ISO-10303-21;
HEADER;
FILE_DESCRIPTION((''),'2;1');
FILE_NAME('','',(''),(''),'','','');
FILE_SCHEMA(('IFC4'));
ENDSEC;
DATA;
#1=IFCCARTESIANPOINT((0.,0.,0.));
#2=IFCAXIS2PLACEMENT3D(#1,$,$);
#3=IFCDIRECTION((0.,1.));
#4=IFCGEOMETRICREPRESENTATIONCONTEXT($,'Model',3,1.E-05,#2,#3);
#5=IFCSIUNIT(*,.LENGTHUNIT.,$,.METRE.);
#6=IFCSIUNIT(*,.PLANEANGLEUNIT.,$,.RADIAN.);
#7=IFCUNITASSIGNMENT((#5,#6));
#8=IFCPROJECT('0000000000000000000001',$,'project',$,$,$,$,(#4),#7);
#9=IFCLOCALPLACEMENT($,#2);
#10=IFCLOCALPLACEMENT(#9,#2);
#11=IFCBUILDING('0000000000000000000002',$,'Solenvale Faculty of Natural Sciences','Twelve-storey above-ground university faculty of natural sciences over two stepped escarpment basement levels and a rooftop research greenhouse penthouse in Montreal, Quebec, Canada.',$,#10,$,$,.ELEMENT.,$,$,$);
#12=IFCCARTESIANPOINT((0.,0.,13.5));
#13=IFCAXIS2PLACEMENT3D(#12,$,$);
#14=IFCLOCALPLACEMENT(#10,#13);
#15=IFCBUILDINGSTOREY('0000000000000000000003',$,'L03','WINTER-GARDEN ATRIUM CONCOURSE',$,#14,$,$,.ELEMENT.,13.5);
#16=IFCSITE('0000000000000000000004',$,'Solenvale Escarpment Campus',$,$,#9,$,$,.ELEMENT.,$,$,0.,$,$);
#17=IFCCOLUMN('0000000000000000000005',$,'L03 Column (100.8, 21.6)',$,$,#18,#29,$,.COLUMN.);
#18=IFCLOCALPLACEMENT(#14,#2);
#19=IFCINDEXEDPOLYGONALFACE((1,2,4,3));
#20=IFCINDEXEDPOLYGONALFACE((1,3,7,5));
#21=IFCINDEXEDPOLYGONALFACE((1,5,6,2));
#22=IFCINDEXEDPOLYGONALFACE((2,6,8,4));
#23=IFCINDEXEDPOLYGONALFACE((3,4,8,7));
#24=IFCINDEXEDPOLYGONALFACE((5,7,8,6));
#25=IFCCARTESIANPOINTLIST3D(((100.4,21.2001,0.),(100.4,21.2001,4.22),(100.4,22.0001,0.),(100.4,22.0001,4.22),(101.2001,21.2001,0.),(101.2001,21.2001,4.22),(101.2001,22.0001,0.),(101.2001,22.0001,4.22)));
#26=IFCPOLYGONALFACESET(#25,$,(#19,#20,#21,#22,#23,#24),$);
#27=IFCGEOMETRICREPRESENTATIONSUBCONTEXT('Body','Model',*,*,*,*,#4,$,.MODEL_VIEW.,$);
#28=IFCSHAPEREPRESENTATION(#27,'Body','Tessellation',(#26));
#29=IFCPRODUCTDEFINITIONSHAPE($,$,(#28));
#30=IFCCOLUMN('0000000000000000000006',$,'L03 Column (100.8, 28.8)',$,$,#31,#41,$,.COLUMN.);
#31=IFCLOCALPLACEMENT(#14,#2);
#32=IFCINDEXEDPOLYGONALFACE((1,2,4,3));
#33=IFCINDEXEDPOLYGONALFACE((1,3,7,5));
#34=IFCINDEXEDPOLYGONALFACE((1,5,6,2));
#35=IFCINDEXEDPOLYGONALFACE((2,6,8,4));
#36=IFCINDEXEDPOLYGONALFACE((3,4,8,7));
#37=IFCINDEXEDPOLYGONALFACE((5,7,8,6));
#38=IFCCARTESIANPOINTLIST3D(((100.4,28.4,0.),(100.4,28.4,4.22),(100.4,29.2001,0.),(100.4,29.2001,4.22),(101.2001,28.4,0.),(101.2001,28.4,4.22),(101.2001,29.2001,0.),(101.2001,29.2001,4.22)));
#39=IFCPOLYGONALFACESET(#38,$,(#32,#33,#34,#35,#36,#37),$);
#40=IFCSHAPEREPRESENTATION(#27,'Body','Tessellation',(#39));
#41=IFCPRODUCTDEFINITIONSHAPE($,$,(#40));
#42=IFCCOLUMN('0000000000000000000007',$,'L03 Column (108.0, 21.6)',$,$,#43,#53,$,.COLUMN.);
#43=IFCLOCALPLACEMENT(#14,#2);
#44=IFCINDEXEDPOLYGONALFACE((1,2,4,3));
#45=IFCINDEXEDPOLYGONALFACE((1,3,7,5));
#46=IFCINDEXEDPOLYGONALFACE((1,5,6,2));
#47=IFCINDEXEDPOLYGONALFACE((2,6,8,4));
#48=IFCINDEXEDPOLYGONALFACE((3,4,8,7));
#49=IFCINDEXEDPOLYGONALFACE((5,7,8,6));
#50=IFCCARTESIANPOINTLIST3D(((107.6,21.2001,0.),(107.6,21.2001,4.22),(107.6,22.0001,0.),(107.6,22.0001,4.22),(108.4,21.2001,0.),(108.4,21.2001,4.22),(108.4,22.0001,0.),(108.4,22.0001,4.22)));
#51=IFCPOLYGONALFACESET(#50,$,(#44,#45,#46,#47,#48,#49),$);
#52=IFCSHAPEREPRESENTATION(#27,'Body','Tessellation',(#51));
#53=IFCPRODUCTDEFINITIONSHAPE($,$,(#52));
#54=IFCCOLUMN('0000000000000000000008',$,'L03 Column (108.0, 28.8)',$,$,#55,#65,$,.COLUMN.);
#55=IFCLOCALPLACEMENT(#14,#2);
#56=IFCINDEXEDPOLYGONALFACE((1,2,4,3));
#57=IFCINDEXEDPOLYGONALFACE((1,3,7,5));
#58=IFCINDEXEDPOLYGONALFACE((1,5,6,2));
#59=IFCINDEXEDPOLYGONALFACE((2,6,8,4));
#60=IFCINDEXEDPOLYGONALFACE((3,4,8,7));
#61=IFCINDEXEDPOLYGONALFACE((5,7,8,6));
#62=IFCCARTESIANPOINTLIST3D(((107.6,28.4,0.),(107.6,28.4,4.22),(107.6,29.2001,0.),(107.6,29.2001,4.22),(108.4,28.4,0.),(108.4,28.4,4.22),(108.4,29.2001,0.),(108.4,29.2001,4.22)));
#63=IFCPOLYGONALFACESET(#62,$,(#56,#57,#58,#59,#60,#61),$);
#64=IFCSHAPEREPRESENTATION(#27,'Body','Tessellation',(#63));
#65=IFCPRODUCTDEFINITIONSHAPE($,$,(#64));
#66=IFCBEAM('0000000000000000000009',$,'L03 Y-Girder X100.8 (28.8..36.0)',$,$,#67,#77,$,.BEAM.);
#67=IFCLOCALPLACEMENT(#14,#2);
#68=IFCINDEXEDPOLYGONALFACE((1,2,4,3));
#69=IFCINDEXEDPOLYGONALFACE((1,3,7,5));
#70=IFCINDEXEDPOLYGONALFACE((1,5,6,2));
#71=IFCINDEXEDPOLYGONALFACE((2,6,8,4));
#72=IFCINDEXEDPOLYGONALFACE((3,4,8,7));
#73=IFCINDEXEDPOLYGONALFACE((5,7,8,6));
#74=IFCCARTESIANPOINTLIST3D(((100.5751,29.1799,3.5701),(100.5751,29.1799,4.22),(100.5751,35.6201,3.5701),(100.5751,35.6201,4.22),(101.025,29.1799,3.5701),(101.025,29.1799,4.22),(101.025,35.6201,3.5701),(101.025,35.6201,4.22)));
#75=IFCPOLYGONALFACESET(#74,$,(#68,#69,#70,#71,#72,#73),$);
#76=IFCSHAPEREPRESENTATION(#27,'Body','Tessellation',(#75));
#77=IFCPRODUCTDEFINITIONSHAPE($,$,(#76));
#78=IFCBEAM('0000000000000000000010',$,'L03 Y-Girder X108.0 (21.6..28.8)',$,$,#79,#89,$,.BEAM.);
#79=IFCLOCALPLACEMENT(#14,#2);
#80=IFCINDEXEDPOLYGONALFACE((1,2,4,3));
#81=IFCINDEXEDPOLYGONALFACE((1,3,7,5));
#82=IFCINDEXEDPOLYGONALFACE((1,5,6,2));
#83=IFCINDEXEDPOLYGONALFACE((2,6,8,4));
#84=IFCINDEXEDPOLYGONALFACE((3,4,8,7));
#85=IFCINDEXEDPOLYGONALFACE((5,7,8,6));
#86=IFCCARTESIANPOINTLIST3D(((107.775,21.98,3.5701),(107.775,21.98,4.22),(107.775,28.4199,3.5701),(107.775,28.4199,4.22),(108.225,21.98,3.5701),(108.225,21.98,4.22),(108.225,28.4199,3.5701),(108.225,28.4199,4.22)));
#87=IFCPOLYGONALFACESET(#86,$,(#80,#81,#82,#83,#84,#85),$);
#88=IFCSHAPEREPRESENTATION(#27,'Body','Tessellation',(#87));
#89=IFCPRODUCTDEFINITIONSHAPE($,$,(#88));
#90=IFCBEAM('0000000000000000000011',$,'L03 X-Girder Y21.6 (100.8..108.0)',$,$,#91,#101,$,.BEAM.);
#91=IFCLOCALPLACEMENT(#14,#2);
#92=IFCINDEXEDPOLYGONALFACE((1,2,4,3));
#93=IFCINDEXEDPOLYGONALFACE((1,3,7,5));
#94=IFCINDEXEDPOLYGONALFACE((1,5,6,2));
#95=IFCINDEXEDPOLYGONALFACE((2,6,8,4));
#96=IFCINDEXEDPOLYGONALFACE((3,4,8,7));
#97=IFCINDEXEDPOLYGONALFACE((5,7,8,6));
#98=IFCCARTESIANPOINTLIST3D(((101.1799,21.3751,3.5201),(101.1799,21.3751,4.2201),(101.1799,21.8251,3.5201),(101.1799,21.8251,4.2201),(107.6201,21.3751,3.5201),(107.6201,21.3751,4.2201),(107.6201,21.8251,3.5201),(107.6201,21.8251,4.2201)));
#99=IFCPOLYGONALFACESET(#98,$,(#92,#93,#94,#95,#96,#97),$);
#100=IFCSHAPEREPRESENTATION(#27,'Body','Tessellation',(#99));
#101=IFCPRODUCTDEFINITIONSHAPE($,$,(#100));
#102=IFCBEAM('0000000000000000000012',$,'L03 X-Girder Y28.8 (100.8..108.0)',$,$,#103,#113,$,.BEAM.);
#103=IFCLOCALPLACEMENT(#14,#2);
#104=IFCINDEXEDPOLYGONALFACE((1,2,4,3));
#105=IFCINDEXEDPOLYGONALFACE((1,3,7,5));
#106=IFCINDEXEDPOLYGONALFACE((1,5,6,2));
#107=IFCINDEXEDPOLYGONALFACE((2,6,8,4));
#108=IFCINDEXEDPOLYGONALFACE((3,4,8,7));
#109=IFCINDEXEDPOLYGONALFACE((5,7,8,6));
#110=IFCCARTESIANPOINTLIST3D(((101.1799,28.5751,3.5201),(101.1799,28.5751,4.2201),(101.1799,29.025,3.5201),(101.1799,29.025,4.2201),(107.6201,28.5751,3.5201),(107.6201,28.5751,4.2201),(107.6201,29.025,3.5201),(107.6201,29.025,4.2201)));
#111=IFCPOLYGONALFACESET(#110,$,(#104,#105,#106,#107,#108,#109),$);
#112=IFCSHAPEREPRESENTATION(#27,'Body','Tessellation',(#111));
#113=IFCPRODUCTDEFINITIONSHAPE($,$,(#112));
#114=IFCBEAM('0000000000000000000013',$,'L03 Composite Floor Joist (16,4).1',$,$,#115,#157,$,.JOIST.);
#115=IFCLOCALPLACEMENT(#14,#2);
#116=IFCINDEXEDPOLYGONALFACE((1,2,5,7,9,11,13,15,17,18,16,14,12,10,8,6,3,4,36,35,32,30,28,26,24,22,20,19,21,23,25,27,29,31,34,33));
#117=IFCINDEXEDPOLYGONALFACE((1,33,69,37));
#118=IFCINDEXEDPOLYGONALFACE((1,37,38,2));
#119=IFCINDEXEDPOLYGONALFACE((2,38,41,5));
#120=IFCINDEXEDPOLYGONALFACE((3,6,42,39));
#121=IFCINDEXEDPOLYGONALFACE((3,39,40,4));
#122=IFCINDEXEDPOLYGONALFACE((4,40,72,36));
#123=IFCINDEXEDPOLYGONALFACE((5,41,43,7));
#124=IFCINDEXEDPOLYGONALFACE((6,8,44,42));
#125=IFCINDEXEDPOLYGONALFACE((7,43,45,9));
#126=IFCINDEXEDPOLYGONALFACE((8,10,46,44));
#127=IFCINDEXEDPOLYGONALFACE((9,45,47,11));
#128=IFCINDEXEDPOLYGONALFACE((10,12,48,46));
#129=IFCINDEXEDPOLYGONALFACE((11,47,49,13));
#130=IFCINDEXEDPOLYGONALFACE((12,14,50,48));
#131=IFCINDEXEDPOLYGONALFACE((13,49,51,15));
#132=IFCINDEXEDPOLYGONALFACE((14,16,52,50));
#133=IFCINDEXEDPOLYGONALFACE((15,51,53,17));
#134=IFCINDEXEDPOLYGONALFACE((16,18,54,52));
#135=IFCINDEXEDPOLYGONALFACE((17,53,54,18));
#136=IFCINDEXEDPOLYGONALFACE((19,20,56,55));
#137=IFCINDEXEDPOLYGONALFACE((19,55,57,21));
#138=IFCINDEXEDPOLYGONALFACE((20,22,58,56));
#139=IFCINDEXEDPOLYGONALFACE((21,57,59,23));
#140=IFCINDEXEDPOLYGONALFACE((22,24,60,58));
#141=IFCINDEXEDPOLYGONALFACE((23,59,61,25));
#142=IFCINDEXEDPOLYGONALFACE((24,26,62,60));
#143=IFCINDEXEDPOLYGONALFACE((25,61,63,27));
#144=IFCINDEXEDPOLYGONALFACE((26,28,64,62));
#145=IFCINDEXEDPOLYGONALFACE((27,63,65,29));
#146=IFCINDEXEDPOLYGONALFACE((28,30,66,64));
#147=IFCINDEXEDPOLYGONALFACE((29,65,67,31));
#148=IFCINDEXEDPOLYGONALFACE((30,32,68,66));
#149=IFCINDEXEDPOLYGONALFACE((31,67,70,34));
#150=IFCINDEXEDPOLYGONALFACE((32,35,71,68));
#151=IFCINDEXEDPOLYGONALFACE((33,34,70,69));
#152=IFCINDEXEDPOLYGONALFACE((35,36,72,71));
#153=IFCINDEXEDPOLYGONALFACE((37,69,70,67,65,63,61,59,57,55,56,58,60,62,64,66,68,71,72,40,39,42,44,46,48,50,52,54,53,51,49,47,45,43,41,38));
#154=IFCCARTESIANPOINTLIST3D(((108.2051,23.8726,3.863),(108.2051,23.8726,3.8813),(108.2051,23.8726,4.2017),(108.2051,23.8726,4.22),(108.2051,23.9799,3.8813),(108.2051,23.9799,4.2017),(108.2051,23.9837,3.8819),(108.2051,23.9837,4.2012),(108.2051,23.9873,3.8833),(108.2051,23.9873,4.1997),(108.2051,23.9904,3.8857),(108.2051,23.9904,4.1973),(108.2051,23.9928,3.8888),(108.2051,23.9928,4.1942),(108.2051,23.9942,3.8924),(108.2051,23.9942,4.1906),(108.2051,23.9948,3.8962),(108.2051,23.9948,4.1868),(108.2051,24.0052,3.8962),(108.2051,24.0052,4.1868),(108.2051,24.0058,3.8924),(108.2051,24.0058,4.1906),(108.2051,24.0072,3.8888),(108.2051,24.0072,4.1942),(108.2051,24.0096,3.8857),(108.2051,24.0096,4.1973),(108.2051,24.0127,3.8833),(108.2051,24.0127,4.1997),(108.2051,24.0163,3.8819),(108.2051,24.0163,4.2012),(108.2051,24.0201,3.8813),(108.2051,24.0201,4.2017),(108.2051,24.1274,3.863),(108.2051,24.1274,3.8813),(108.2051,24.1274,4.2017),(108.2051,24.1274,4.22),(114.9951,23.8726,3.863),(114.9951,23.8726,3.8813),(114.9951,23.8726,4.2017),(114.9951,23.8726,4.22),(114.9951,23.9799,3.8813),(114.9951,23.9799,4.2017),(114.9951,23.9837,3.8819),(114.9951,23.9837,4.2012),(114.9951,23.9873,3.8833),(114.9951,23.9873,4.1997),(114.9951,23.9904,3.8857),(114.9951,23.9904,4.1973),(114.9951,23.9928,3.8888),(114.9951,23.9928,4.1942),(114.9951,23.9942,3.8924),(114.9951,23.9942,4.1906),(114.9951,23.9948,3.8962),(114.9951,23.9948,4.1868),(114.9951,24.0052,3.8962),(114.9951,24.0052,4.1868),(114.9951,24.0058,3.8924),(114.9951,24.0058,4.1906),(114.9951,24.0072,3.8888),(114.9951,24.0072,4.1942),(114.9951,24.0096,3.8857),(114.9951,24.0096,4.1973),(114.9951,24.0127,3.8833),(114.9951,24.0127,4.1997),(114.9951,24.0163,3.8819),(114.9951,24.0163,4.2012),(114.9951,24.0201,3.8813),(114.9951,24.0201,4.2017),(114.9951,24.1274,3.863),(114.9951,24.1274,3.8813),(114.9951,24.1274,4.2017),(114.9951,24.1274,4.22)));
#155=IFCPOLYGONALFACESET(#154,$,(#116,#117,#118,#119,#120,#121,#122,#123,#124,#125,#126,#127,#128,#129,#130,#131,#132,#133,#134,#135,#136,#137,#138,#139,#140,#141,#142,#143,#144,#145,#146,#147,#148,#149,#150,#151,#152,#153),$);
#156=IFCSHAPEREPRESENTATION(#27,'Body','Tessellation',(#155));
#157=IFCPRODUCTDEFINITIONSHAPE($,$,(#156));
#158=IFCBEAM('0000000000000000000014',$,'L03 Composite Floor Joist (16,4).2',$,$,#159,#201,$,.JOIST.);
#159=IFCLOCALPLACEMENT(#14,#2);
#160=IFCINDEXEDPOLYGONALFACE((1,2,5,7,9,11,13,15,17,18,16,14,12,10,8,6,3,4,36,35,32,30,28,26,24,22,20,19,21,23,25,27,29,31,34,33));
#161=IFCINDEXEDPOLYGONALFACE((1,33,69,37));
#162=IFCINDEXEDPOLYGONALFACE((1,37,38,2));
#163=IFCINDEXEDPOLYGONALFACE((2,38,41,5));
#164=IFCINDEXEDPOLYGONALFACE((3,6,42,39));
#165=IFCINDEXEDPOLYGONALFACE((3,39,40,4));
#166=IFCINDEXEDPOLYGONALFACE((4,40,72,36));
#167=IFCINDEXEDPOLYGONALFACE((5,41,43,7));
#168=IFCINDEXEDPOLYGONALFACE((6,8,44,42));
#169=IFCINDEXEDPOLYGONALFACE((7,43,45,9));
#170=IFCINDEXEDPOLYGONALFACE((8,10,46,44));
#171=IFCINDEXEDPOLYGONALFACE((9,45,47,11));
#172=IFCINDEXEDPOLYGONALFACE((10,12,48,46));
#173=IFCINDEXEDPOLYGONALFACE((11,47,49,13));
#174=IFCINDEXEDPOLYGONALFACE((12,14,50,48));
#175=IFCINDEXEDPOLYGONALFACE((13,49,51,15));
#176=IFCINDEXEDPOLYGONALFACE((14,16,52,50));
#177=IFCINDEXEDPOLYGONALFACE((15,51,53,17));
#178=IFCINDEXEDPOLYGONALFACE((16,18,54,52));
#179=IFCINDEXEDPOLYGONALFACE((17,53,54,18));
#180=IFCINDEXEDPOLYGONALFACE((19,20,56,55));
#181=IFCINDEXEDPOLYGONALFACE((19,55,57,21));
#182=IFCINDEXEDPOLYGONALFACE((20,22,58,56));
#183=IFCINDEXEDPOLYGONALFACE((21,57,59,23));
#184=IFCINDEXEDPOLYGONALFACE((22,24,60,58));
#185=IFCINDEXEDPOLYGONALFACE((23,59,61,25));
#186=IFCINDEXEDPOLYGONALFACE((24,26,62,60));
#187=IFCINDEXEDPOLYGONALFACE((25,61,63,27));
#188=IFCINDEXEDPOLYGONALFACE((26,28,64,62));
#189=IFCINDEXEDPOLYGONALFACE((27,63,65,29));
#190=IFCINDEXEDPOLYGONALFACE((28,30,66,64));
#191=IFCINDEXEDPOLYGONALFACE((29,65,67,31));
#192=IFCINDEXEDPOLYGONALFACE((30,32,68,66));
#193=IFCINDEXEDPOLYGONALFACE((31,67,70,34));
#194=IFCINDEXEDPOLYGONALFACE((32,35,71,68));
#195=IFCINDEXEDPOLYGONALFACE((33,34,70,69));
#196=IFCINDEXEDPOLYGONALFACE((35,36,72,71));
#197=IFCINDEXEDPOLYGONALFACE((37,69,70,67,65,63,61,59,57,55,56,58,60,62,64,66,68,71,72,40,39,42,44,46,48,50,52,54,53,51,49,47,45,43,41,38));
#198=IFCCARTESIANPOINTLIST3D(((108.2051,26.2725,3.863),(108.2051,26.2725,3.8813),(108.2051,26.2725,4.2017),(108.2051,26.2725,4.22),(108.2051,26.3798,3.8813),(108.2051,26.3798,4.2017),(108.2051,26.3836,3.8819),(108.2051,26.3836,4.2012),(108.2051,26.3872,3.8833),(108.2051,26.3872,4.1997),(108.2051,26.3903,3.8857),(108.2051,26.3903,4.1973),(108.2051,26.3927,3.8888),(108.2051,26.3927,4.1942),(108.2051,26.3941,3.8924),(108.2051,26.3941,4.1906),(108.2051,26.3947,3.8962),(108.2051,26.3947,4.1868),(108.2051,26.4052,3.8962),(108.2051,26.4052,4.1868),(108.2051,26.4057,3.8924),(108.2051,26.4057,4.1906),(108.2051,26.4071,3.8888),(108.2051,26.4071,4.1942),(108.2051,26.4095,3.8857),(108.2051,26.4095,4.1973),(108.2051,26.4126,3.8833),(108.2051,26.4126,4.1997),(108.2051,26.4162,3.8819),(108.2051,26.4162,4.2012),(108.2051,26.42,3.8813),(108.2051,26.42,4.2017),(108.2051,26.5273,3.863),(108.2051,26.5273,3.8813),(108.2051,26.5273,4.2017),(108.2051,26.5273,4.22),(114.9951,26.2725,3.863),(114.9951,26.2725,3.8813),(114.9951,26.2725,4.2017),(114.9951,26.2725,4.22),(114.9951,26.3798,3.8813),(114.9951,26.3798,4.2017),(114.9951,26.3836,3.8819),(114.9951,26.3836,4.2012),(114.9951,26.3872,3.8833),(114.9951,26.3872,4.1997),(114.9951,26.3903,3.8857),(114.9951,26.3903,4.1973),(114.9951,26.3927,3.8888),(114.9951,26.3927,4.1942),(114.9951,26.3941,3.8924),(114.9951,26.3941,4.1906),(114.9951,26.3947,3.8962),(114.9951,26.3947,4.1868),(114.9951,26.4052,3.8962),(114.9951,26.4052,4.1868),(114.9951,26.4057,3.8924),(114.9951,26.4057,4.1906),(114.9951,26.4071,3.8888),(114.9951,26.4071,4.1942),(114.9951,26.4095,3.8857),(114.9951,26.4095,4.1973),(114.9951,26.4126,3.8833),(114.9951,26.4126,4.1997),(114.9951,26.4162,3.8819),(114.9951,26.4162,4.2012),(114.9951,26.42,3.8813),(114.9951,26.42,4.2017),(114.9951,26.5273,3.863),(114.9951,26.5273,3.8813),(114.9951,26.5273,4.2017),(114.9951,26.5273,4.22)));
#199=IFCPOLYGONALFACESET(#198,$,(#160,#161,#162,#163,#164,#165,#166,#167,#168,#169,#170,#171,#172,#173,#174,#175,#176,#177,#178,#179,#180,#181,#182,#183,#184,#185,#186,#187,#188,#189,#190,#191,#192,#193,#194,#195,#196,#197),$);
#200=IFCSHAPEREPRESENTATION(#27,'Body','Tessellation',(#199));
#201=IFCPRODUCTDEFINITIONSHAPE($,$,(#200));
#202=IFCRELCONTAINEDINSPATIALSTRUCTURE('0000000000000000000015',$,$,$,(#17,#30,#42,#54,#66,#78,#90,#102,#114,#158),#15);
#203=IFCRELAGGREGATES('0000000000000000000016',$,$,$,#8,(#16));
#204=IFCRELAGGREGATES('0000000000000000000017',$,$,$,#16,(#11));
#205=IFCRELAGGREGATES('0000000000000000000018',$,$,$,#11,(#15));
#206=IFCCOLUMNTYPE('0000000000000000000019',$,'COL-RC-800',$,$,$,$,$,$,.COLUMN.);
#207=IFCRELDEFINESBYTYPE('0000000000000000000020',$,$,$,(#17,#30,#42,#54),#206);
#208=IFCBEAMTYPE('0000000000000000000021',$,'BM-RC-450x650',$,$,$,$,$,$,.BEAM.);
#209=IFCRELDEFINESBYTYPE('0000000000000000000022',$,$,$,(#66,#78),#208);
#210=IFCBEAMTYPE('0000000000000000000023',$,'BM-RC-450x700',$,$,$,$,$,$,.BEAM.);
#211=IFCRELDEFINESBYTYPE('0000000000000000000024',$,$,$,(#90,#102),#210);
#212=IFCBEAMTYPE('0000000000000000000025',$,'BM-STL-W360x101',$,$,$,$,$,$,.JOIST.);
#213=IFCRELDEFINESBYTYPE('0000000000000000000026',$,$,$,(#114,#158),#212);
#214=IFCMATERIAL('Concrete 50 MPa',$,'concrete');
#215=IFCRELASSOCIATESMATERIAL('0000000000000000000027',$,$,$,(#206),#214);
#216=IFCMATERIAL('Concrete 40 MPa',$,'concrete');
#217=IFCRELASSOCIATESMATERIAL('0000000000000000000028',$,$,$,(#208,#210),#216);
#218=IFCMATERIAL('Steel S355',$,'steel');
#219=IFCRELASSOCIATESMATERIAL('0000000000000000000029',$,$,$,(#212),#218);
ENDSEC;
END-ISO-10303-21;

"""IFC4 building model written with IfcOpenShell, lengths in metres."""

from ifc_helpers import new_model, si_unit, direction, frame, origin, origin_2d, place, context, subcontext, project, spatial, rectangle, i_section, extrude, material, material_profile, profile_set, type_object, element, save


model = new_model("IFC4")

# Units and contexts
model_context = context("Model", 3, precision=1e-05, world=origin(), true_north=direction((0.0, 1.0)))
body_context = subcontext(model_context, "Body", "Model", "MODEL_VIEW")
ifc_project = project(units=[si_unit("LENGTHUNIT", "METRE"), si_unit("PLANEANGLEUNIT", "RADIAN")], contexts=[model_context])

# Site, building, storey
site_placement = place(None, origin())
site = spatial("IfcSite", under=ifc_project, at=site_placement, Name="Solenvale Escarpment Campus", CompositionType="ELEMENT", RefElevation=0.0)
building_placement = place(site_placement, origin())
building = spatial("IfcBuilding", under=site, at=building_placement, Name="Solenvale Faculty of Natural Sciences", Description="Twelve-storey above-ground university faculty of natural sciences over two stepped escarpment basement levels and a rooftop research greenhouse penthouse in Montreal, Quebec, Canada.", CompositionType="ELEMENT")
storey_placement = place(building_placement, frame((0.0, 0.0, 13.5)))
storey = spatial("IfcBuildingStorey", under=building, at=storey_placement, Name="L03", Description="WINTER-GARDEN ATRIUM CONCOURSE", CompositionType="ELEMENT", Elevation=13.5)

# Columns
ifc_material_1 = material(Name="Concrete 50 MPa", Category="concrete")
ifc_material_profile_1 = material_profile(ifc_material_1, rectangle(XDim=0.8, YDim=0.8, at=origin_2d()), Name="RC-COL-800x800")
ifc_profile_set_1 = profile_set([ifc_material_profile_1], Name="Concrete 50 MPa")
column_type = type_object("IfcColumnType", Name="COL-RC-800", PredefinedType="COLUMN", material=ifc_profile_set_1)
for number, where, z_axis, x_axis, name in (
    (1, (100.8, 21.6001, 0.0), (0.0, 0.0, 1.0), (1.0, 0.0, 0.0), "L03 Column (100.8, 21.6)"),
    (2, (100.8, 28.8, 0.0), (0.0, 0.0, 1.0), (1.0, 0.0, 0.0), "L03 Column (100.8, 28.8)"),
    (3, (108.0, 21.6001, 0.0), (0.0, 0.0, 1.0), (1.0, 0.0, 0.0), "L03 Column (108.0, 21.6)"),
    (4, (108.0, 28.8, 0.0), (0.0, 0.0, 1.0), (1.0, 0.0, 0.0), "L03 Column (108.0, 28.8)"),
):
    element("IfcColumn", number, at=place(storey_placement, frame(where, z_axis=z_axis, x_axis=x_axis)), inside=storey, type_object=column_type, Name=name, PredefinedType="COLUMN", context=body_context, shape_type="SweptSolid", body=[
        extrude(rectangle(XDim=0.8, YDim=0.8, at=origin_2d()), origin(), (0.0, 0.0, 1.0), 4.22),
    ])

# Beams
ifc_material_2 = material(Name="Concrete 40 MPa", Category="concrete")
ifc_material_profile_2 = material_profile(ifc_material_2, rectangle(XDim=0.45, YDim=0.6499, at=origin_2d()), Name="RC-BM-450x650")
ifc_profile_set_2 = profile_set([ifc_material_profile_2], Name="Concrete 40 MPa")
beam_type_1 = type_object("IfcBeamType", Name="BM-RC-450x650", PredefinedType="BEAM", material=ifc_profile_set_2)
beam_1_placement = place(storey_placement, frame((100.8, 29.1799, 3.895), z_axis=(0.0, 1.0, 0.0), x_axis=(-1.0, 0.0, 0.0)))
element("IfcBeam", 5, at=beam_1_placement, inside=storey, type_object=beam_type_1, Name="L03 Y-Girder X100.8 (28.8..36.0)", PredefinedType="BEAM", context=body_context, shape_type="SweptSolid", body=[
    extrude(rectangle(XDim=0.45, YDim=0.6499, at=origin_2d()), origin(), (0.0, 0.0, 1.0), 6.4402),
])
beam_2_placement = place(storey_placement, frame((108.0, 21.98, 3.895), z_axis=(0.0, 1.0, 0.0), x_axis=(-1.0, 0.0, 0.0)))
element("IfcBeam", 6, at=beam_2_placement, inside=storey, type_object=beam_type_1, Name="L03 Y-Girder X108.0 (21.6..28.8)", PredefinedType="BEAM", context=body_context, shape_type="SweptSolid", body=[
    extrude(rectangle(XDim=0.45, YDim=0.6499, at=origin_2d()), origin(), (0.0, 0.0, 1.0), 6.4399),
])
ifc_material_profile_3 = material_profile(ifc_material_2, rectangle(XDim=0.45, YDim=0.7, at=origin_2d()), Name="RC-BM-450x700")
ifc_profile_set_3 = profile_set([ifc_material_profile_3], Name="Concrete 40 MPa")
beam_type_2 = type_object("IfcBeamType", Name="BM-RC-450x700", PredefinedType="BEAM", material=ifc_profile_set_3)
for number, where, z_axis, x_axis, name in (
    (7, (101.1799, 21.6001, 3.8701), (1.0, 0.0, 0.0), (0.0, 1.0, 0.0), "L03 X-Girder Y21.6 (100.8..108.0)"),
    (8, (101.1799, 28.8, 3.8701), (1.0, 0.0, 0.0), (0.0, 1.0, 0.0), "L03 X-Girder Y28.8 (100.8..108.0)"),
):
    element("IfcBeam", number, at=place(storey_placement, frame(where, z_axis=z_axis, x_axis=x_axis)), inside=storey, type_object=beam_type_2, Name=name, PredefinedType="BEAM", context=body_context, shape_type="SweptSolid", body=[
        extrude(rectangle(XDim=0.45, YDim=0.7, at=origin_2d()), origin(), (0.0, 0.0, 1.0), 6.4402),
    ])
ifc_material_3 = material(Name="Steel S355", Category="steel")
ifc_material_profile_4 = material_profile(ifc_material_3, i_section(OverallWidth=0.2549, OverallDepth=0.3569, WebThickness=0.0105, FlangeThickness=0.0183, FilletRadius=0.0149, at=origin_2d()), Name="W360x101")
ifc_profile_set_4 = profile_set([ifc_material_profile_4], Name="Steel S355")
beam_type_3 = type_object("IfcBeamType", Name="BM-STL-W360x101", PredefinedType="JOIST", material=ifc_profile_set_4)
for number, where, z_axis, x_axis, name in (
    (9, (108.2051, 24.0, 4.0415), (1.0, 0.0, 0.0), (0.0, 1.0, 0.0), "L03 Composite Floor Joist (16,4).1"),
    (10, (108.2051, 26.3999, 4.0415), (1.0, 0.0, 0.0), (0.0, 1.0, 0.0), "L03 Composite Floor Joist (16,4).2"),
):
    element("IfcBeam", number, at=place(storey_placement, frame(where, z_axis=z_axis, x_axis=x_axis)), inside=storey, type_object=beam_type_3, Name=name, PredefinedType="JOIST", context=body_context, shape_type="SweptSolid", body=[
        extrude(i_section(OverallWidth=0.2549, OverallDepth=0.3569, WebThickness=0.0105, FlangeThickness=0.0183, FilletRadius=0.0149, at=origin_2d()), origin(), (0.0, 0.0, 1.0), 6.79),
    ])

save(model, "model.ifc")
